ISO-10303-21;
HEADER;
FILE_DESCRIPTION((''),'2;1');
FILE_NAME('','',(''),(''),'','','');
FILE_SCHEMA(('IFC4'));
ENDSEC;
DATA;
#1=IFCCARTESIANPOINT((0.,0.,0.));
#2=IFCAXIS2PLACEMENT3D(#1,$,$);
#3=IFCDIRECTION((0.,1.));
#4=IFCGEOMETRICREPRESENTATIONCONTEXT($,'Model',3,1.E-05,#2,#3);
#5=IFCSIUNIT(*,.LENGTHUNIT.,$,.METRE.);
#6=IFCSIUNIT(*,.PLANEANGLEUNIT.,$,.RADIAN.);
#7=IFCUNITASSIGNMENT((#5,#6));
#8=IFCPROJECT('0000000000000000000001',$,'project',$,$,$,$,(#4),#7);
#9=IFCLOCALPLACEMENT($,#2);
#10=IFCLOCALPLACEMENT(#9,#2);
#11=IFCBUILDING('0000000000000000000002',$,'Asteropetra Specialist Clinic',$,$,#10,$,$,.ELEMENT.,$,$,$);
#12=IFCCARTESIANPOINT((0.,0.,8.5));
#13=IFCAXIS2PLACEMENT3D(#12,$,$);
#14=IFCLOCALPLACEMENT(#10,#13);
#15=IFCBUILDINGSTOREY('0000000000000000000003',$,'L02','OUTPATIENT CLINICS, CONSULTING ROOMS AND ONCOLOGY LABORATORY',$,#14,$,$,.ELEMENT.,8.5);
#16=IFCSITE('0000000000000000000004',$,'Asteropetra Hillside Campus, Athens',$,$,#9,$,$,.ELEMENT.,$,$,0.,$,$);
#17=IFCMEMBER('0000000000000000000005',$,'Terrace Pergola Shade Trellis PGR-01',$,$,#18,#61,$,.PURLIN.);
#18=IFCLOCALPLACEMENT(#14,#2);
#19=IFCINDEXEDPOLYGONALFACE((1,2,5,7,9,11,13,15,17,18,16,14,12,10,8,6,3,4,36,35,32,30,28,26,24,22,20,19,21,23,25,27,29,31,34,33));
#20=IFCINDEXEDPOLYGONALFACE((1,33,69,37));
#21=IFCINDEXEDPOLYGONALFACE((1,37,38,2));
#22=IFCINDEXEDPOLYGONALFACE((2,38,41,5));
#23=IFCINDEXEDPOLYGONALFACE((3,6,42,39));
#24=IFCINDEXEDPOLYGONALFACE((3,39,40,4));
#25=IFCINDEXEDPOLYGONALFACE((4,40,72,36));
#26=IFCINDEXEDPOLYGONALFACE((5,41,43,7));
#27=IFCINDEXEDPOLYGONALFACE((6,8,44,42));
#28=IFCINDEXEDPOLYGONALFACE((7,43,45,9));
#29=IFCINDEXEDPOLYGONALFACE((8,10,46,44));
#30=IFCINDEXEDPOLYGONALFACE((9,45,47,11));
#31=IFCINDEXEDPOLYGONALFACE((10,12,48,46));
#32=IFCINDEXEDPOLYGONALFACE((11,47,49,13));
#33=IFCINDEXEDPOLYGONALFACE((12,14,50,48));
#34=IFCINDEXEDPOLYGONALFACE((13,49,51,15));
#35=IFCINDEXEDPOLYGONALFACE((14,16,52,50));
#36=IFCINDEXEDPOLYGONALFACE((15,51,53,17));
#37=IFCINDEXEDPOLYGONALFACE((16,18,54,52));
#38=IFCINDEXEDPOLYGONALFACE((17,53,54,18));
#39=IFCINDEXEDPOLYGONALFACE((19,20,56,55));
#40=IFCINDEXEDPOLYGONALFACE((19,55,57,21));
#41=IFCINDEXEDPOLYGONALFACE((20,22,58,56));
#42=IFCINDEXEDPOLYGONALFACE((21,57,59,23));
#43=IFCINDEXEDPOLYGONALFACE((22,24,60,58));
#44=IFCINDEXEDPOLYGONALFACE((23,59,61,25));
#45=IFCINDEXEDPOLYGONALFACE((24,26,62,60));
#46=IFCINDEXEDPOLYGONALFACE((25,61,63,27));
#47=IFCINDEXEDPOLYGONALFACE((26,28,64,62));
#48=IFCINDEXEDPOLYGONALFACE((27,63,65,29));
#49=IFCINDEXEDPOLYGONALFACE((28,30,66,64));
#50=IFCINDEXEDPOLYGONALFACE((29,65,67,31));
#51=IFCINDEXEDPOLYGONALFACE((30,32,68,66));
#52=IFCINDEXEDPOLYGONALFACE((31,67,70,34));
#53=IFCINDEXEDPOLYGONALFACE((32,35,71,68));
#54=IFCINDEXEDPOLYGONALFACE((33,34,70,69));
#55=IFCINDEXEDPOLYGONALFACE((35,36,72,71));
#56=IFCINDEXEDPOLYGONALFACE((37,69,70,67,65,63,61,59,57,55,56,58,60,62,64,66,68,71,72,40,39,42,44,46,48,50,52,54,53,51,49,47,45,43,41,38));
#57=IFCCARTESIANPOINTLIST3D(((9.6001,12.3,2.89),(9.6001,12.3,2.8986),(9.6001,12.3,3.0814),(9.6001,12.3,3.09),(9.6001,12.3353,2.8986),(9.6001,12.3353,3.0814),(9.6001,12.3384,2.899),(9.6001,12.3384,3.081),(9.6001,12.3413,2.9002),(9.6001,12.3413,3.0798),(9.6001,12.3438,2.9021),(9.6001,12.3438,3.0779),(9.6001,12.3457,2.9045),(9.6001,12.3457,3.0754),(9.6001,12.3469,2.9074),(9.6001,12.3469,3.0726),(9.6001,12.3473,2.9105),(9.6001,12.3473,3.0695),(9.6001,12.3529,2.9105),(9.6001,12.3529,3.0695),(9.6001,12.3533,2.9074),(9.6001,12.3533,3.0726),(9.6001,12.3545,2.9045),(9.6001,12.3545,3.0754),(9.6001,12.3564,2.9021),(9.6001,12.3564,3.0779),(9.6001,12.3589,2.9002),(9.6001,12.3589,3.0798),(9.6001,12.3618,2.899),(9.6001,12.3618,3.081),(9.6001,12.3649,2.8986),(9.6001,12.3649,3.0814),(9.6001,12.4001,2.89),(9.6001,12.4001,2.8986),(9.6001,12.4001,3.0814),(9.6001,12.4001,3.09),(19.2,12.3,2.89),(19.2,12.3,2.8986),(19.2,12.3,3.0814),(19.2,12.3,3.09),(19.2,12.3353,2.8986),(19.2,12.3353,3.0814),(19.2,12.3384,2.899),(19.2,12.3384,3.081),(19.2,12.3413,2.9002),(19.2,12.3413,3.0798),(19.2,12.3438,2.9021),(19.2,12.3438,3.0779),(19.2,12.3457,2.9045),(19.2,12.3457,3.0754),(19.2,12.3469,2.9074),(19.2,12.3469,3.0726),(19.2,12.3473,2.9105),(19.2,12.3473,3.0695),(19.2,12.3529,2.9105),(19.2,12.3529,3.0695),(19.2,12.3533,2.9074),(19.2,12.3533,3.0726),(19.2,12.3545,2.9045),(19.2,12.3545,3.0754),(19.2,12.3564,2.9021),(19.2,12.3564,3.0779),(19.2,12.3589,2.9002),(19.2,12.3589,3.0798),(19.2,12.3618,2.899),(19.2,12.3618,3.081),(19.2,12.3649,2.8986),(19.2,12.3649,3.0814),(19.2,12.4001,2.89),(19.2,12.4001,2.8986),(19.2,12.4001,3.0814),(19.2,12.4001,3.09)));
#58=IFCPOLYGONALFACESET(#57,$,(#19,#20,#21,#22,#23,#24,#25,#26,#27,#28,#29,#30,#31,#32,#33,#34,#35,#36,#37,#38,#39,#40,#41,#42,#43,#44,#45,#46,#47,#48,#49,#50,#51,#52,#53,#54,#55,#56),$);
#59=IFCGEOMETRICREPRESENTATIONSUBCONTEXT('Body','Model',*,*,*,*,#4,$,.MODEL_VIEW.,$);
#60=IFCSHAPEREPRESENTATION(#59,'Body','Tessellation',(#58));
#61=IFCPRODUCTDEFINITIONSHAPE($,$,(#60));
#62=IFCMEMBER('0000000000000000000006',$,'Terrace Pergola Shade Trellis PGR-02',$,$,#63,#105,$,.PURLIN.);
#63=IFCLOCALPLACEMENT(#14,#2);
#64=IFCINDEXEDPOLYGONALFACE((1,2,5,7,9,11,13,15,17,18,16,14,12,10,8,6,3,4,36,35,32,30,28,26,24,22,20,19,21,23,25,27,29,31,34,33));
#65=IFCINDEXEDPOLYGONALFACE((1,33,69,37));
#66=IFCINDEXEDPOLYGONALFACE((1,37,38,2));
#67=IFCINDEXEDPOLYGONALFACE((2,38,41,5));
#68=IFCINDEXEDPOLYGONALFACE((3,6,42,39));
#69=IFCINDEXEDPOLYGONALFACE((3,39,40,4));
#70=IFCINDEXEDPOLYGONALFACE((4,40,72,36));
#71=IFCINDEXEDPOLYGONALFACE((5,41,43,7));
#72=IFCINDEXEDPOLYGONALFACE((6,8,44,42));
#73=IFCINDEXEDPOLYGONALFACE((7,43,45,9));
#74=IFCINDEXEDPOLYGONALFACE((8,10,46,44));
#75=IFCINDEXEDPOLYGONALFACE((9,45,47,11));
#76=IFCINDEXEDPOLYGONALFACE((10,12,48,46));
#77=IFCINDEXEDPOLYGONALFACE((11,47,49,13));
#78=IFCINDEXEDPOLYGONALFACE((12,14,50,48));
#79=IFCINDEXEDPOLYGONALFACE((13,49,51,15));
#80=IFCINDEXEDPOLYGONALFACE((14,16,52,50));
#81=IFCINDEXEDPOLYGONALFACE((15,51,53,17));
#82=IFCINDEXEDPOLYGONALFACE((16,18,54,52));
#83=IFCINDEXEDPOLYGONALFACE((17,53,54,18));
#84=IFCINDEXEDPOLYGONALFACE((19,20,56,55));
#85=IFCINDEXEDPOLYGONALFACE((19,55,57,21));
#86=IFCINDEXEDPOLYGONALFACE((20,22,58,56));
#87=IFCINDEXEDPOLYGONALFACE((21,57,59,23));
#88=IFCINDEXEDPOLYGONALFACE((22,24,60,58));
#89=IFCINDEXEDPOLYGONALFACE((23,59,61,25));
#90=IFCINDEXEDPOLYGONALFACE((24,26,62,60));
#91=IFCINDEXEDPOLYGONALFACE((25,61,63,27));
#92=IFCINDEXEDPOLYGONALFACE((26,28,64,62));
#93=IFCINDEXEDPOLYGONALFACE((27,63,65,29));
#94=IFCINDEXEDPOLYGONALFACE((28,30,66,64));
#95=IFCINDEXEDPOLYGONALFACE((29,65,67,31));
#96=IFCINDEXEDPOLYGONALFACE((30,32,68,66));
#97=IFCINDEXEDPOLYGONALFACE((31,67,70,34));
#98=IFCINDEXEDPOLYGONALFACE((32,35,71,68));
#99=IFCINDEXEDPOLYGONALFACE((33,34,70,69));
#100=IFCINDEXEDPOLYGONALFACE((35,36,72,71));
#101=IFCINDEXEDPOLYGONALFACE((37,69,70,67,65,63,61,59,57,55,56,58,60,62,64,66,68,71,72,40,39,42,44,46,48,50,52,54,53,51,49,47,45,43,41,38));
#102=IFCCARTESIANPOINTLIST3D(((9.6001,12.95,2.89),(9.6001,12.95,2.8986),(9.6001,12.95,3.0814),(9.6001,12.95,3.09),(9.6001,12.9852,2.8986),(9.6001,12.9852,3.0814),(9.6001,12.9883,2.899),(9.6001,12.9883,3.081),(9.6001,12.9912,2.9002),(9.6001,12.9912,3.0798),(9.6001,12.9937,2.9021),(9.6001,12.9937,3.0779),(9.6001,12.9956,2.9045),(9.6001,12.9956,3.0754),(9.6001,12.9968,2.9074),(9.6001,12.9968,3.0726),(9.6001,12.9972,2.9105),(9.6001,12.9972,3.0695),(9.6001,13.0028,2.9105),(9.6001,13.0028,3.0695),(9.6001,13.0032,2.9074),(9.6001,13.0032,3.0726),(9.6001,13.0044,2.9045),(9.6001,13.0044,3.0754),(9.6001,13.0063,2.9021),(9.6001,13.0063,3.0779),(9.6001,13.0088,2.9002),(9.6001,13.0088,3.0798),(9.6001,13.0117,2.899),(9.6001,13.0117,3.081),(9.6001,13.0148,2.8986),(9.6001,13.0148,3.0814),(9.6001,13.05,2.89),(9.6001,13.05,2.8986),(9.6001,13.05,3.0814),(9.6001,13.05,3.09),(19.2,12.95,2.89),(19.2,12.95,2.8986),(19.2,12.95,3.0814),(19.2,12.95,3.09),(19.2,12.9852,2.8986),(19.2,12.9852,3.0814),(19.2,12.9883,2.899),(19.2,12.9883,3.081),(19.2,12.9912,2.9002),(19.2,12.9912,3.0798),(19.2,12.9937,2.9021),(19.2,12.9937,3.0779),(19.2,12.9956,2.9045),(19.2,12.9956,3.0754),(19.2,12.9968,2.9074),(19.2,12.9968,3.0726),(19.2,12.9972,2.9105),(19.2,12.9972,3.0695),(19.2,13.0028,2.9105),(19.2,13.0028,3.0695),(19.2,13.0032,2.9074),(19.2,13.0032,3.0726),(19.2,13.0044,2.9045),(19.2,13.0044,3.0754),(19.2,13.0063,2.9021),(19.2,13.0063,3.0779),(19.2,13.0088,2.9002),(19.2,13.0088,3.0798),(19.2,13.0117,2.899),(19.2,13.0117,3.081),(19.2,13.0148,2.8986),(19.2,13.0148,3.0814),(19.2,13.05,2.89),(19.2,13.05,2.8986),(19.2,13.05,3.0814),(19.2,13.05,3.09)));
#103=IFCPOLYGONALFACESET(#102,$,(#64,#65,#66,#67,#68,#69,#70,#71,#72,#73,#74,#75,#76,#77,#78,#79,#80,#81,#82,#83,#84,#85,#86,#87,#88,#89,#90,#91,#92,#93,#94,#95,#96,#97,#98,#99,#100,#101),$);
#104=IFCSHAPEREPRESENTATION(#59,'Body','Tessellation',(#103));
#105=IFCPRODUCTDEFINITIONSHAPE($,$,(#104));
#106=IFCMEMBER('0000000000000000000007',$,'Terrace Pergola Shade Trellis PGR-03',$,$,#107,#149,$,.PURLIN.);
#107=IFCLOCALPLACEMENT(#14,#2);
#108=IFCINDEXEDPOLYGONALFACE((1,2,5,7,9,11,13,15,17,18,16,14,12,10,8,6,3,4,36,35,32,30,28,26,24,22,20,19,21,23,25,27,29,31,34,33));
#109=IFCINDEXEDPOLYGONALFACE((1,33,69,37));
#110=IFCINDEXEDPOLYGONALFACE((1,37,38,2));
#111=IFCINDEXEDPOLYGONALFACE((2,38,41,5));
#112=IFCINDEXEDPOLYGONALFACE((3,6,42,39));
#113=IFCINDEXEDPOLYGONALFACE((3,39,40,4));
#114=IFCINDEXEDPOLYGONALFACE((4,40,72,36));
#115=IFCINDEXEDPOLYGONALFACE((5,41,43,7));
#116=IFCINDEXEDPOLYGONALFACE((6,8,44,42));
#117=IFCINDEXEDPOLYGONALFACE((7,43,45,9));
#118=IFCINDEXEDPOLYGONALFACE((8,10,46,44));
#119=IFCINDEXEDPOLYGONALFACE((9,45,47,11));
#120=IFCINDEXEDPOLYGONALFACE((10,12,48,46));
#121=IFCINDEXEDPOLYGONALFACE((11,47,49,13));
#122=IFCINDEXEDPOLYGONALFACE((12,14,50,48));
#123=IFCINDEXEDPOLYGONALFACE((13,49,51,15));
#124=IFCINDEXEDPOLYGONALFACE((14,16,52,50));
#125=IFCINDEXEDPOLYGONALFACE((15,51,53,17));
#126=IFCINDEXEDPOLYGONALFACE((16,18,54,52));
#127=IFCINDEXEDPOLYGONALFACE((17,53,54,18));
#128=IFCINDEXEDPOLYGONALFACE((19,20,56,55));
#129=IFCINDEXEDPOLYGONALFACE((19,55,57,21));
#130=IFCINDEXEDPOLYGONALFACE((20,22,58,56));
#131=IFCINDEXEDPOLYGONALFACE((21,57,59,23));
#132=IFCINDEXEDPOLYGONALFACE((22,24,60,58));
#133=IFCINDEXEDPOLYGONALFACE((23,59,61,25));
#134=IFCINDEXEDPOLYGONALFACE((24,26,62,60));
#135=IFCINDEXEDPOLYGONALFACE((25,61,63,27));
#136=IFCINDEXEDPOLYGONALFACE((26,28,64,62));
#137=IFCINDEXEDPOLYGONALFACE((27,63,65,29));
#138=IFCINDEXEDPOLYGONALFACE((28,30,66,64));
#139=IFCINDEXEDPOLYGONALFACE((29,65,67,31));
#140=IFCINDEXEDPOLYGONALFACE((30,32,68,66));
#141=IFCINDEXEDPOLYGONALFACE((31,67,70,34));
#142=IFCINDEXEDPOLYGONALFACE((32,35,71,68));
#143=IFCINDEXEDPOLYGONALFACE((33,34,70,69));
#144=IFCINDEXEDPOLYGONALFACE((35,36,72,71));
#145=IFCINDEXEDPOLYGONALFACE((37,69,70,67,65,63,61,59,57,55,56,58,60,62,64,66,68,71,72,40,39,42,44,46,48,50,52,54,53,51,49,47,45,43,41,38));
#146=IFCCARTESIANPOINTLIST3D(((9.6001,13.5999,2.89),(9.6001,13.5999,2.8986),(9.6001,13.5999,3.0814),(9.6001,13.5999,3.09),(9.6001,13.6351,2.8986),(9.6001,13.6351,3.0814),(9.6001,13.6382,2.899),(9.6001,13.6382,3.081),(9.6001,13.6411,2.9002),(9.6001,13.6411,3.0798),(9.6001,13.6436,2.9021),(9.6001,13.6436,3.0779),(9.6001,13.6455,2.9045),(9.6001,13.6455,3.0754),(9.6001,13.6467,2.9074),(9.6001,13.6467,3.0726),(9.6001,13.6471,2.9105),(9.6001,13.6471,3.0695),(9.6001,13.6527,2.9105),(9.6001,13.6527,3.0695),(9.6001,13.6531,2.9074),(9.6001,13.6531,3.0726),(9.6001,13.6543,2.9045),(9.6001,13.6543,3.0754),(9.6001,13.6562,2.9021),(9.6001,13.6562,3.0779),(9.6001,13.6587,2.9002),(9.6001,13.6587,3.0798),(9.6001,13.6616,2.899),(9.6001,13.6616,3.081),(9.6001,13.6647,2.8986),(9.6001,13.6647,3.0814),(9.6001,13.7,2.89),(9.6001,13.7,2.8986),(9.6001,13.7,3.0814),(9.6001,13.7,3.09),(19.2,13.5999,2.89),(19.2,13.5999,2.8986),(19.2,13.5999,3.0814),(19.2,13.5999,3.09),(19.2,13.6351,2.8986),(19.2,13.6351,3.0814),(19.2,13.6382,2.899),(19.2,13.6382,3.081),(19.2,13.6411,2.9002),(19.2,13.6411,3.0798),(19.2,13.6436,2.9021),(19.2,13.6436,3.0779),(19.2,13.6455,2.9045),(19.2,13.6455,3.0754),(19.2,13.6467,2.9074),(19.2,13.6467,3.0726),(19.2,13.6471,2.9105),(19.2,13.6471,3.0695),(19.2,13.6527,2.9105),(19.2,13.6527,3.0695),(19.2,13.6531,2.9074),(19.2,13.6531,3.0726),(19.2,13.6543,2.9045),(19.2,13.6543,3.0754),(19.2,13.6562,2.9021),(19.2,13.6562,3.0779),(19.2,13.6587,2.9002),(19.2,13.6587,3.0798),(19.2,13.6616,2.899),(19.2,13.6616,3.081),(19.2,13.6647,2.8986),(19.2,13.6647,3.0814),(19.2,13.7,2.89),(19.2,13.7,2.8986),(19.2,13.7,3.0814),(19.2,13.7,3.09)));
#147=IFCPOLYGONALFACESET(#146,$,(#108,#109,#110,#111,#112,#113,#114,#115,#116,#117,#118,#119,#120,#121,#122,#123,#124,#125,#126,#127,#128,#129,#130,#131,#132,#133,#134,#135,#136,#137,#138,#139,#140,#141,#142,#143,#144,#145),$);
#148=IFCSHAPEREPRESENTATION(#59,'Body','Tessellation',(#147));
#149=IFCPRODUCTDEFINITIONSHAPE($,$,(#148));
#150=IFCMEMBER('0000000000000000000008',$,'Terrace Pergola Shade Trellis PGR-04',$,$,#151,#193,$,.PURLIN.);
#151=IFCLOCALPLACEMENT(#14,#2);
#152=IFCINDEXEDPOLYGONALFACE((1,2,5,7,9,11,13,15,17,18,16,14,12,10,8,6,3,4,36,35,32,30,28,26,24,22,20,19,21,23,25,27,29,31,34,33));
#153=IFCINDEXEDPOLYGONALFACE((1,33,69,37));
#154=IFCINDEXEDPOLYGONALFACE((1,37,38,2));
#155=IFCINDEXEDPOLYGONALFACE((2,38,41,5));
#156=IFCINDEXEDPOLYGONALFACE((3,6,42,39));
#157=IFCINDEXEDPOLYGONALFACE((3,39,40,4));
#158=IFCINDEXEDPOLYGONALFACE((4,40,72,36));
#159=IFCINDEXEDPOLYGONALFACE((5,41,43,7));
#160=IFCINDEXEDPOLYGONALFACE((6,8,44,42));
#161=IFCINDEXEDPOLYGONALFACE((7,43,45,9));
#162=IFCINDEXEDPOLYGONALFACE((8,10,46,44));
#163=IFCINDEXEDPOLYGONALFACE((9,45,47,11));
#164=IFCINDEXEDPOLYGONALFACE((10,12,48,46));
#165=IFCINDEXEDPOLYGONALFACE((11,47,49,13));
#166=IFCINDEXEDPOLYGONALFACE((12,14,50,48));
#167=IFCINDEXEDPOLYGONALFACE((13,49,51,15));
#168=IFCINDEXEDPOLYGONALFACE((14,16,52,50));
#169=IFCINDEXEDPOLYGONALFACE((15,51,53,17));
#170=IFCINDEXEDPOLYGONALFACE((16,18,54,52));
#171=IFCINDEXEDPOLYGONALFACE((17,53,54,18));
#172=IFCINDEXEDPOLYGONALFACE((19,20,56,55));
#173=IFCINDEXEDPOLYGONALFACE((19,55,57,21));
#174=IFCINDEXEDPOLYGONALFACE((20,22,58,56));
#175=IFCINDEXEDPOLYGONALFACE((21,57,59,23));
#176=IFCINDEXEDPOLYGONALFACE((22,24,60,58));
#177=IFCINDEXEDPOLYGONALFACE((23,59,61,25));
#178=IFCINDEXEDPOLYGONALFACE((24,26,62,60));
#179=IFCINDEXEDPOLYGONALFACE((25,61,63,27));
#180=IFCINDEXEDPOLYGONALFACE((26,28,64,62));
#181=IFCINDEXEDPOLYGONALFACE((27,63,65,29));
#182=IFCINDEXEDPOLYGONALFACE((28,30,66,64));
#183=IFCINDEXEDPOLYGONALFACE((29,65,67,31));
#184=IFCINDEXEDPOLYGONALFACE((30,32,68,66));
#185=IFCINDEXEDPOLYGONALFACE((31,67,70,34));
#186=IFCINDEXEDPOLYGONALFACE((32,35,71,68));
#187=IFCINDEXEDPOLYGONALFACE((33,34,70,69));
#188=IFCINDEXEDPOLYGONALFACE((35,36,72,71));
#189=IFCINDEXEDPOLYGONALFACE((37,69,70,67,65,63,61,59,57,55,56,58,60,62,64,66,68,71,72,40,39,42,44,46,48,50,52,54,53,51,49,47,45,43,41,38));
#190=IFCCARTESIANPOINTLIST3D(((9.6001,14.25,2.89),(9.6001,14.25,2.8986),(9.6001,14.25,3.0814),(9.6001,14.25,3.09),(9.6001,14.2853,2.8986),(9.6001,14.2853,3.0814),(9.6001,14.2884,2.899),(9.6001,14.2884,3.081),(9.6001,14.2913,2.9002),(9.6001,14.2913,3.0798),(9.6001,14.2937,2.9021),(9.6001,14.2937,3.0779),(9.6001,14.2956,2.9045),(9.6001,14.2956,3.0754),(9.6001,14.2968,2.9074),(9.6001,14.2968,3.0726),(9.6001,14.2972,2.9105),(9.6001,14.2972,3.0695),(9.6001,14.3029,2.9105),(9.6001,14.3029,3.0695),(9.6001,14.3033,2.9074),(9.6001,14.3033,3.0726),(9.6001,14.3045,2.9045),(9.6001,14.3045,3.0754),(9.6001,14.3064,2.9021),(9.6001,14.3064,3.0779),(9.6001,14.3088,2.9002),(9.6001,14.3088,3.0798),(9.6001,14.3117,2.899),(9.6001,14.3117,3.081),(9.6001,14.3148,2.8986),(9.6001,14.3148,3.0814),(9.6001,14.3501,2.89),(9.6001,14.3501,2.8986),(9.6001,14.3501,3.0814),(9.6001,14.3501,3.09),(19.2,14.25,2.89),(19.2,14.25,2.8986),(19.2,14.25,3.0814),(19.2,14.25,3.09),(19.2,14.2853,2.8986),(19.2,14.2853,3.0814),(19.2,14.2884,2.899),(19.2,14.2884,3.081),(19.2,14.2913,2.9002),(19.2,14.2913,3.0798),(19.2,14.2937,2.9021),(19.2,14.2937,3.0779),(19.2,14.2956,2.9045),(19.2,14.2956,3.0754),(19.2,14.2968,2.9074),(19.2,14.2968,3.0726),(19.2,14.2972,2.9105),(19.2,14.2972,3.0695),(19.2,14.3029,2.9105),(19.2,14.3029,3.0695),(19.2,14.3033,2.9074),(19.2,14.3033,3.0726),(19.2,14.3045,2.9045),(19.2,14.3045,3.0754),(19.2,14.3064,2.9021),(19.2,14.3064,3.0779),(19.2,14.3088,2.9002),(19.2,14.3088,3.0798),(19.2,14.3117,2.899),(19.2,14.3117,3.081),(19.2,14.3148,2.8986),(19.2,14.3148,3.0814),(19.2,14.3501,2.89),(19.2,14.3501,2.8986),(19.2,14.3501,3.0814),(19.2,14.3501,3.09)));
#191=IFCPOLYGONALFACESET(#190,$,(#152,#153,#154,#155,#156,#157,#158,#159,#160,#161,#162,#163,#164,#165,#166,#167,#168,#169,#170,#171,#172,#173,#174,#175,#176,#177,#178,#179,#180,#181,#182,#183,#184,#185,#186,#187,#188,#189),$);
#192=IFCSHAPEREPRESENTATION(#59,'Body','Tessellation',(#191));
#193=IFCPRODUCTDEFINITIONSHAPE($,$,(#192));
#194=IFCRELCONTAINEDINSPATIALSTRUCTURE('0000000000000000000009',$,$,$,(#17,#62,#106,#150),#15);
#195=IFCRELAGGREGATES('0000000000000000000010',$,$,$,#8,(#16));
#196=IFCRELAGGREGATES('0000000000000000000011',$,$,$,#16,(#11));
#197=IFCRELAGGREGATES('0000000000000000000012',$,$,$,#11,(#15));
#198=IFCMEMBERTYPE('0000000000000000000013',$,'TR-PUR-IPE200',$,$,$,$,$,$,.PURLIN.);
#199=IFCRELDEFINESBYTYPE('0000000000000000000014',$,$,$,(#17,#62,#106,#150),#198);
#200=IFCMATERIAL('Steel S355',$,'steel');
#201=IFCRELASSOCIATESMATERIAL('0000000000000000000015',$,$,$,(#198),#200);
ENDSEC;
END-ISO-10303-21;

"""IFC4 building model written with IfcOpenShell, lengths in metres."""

from ifc_helpers import new_model, si_unit, direction, frame, origin, origin_2d, place, context, subcontext, project, spatial, i_section, extrude, material, material_profile, profile_set, type_object, element, save


model = new_model("IFC4")

# Units and contexts
model_context = context("Model", 3, precision=1e-05, world=origin(), true_north=direction((0.0, 1.0)))
body_context = subcontext(model_context, "Body", "Model", "MODEL_VIEW")
ifc_project = project(units=[si_unit("LENGTHUNIT", "METRE"), si_unit("PLANEANGLEUNIT", "RADIAN")], contexts=[model_context])

# Site, building, storey
site_placement = place(None, origin())
site = spatial("IfcSite", under=ifc_project, at=site_placement, Name="Asteropetra Hillside Campus, Athens", CompositionType="ELEMENT", RefElevation=0.0)
building_placement = place(site_placement, origin())
building = spatial("IfcBuilding", under=site, at=building_placement, Name="Asteropetra Specialist Clinic", CompositionType="ELEMENT")
storey_placement = place(building_placement, frame((0.0, 0.0, 8.5)))
storey = spatial("IfcBuildingStorey", under=building, at=storey_placement, Name="L02", Description="OUTPATIENT CLINICS, CONSULTING ROOMS AND ONCOLOGY LABORATORY", CompositionType="ELEMENT", Elevation=8.5)

# Members
ifc_material_1 = material(Name="Steel S355", Category="steel")
ifc_material_profile_1 = material_profile(ifc_material_1, i_section(OverallWidth=0.1001, OverallDepth=0.2, WebThickness=0.0056, FlangeThickness=0.0085, FilletRadius=0.012, at=origin_2d()), Name="IPE 200")
ifc_profile_set_1 = profile_set([ifc_material_profile_1], Name="Steel S355")
member_type = type_object("IfcMemberType", Name="TR-PUR-IPE200", PredefinedType="PURLIN", material=ifc_profile_set_1)
for number, where, z_axis, x_axis, name in (
    (1, (9.6001, 12.3501, 2.99), (1.0, 0.0, 0.0), (0.0, 1.0, 0.0), "Terrace Pergola Shade Trellis PGR-01"),
    (2, (9.6001, 13.0, 2.99), (1.0, 0.0, 0.0), (0.0, 1.0, 0.0), "Terrace Pergola Shade Trellis PGR-02"),
    (3, (9.6001, 13.6499, 2.99), (1.0, 0.0, 0.0), (0.0, 1.0, 0.0), "Terrace Pergola Shade Trellis PGR-03"),
    (4, (9.6001, 14.3, 2.99), (1.0, 0.0, 0.0), (0.0, 1.0, 0.0), "Terrace Pergola Shade Trellis PGR-04"),
):
    element("IfcMember", number, at=place(storey_placement, frame(where, z_axis=z_axis, x_axis=x_axis)), inside=storey, type_object=member_type, Name=name, PredefinedType="PURLIN", context=body_context, shape_type="SweptSolid", body=[
        extrude(i_section(OverallWidth=0.1001, OverallDepth=0.2, WebThickness=0.0056, FlangeThickness=0.0085, FilletRadius=0.012, at=origin_2d()), origin(), (0.0, 0.0, 1.0), 9.5999),
    ])

save(model, "model.ifc")
